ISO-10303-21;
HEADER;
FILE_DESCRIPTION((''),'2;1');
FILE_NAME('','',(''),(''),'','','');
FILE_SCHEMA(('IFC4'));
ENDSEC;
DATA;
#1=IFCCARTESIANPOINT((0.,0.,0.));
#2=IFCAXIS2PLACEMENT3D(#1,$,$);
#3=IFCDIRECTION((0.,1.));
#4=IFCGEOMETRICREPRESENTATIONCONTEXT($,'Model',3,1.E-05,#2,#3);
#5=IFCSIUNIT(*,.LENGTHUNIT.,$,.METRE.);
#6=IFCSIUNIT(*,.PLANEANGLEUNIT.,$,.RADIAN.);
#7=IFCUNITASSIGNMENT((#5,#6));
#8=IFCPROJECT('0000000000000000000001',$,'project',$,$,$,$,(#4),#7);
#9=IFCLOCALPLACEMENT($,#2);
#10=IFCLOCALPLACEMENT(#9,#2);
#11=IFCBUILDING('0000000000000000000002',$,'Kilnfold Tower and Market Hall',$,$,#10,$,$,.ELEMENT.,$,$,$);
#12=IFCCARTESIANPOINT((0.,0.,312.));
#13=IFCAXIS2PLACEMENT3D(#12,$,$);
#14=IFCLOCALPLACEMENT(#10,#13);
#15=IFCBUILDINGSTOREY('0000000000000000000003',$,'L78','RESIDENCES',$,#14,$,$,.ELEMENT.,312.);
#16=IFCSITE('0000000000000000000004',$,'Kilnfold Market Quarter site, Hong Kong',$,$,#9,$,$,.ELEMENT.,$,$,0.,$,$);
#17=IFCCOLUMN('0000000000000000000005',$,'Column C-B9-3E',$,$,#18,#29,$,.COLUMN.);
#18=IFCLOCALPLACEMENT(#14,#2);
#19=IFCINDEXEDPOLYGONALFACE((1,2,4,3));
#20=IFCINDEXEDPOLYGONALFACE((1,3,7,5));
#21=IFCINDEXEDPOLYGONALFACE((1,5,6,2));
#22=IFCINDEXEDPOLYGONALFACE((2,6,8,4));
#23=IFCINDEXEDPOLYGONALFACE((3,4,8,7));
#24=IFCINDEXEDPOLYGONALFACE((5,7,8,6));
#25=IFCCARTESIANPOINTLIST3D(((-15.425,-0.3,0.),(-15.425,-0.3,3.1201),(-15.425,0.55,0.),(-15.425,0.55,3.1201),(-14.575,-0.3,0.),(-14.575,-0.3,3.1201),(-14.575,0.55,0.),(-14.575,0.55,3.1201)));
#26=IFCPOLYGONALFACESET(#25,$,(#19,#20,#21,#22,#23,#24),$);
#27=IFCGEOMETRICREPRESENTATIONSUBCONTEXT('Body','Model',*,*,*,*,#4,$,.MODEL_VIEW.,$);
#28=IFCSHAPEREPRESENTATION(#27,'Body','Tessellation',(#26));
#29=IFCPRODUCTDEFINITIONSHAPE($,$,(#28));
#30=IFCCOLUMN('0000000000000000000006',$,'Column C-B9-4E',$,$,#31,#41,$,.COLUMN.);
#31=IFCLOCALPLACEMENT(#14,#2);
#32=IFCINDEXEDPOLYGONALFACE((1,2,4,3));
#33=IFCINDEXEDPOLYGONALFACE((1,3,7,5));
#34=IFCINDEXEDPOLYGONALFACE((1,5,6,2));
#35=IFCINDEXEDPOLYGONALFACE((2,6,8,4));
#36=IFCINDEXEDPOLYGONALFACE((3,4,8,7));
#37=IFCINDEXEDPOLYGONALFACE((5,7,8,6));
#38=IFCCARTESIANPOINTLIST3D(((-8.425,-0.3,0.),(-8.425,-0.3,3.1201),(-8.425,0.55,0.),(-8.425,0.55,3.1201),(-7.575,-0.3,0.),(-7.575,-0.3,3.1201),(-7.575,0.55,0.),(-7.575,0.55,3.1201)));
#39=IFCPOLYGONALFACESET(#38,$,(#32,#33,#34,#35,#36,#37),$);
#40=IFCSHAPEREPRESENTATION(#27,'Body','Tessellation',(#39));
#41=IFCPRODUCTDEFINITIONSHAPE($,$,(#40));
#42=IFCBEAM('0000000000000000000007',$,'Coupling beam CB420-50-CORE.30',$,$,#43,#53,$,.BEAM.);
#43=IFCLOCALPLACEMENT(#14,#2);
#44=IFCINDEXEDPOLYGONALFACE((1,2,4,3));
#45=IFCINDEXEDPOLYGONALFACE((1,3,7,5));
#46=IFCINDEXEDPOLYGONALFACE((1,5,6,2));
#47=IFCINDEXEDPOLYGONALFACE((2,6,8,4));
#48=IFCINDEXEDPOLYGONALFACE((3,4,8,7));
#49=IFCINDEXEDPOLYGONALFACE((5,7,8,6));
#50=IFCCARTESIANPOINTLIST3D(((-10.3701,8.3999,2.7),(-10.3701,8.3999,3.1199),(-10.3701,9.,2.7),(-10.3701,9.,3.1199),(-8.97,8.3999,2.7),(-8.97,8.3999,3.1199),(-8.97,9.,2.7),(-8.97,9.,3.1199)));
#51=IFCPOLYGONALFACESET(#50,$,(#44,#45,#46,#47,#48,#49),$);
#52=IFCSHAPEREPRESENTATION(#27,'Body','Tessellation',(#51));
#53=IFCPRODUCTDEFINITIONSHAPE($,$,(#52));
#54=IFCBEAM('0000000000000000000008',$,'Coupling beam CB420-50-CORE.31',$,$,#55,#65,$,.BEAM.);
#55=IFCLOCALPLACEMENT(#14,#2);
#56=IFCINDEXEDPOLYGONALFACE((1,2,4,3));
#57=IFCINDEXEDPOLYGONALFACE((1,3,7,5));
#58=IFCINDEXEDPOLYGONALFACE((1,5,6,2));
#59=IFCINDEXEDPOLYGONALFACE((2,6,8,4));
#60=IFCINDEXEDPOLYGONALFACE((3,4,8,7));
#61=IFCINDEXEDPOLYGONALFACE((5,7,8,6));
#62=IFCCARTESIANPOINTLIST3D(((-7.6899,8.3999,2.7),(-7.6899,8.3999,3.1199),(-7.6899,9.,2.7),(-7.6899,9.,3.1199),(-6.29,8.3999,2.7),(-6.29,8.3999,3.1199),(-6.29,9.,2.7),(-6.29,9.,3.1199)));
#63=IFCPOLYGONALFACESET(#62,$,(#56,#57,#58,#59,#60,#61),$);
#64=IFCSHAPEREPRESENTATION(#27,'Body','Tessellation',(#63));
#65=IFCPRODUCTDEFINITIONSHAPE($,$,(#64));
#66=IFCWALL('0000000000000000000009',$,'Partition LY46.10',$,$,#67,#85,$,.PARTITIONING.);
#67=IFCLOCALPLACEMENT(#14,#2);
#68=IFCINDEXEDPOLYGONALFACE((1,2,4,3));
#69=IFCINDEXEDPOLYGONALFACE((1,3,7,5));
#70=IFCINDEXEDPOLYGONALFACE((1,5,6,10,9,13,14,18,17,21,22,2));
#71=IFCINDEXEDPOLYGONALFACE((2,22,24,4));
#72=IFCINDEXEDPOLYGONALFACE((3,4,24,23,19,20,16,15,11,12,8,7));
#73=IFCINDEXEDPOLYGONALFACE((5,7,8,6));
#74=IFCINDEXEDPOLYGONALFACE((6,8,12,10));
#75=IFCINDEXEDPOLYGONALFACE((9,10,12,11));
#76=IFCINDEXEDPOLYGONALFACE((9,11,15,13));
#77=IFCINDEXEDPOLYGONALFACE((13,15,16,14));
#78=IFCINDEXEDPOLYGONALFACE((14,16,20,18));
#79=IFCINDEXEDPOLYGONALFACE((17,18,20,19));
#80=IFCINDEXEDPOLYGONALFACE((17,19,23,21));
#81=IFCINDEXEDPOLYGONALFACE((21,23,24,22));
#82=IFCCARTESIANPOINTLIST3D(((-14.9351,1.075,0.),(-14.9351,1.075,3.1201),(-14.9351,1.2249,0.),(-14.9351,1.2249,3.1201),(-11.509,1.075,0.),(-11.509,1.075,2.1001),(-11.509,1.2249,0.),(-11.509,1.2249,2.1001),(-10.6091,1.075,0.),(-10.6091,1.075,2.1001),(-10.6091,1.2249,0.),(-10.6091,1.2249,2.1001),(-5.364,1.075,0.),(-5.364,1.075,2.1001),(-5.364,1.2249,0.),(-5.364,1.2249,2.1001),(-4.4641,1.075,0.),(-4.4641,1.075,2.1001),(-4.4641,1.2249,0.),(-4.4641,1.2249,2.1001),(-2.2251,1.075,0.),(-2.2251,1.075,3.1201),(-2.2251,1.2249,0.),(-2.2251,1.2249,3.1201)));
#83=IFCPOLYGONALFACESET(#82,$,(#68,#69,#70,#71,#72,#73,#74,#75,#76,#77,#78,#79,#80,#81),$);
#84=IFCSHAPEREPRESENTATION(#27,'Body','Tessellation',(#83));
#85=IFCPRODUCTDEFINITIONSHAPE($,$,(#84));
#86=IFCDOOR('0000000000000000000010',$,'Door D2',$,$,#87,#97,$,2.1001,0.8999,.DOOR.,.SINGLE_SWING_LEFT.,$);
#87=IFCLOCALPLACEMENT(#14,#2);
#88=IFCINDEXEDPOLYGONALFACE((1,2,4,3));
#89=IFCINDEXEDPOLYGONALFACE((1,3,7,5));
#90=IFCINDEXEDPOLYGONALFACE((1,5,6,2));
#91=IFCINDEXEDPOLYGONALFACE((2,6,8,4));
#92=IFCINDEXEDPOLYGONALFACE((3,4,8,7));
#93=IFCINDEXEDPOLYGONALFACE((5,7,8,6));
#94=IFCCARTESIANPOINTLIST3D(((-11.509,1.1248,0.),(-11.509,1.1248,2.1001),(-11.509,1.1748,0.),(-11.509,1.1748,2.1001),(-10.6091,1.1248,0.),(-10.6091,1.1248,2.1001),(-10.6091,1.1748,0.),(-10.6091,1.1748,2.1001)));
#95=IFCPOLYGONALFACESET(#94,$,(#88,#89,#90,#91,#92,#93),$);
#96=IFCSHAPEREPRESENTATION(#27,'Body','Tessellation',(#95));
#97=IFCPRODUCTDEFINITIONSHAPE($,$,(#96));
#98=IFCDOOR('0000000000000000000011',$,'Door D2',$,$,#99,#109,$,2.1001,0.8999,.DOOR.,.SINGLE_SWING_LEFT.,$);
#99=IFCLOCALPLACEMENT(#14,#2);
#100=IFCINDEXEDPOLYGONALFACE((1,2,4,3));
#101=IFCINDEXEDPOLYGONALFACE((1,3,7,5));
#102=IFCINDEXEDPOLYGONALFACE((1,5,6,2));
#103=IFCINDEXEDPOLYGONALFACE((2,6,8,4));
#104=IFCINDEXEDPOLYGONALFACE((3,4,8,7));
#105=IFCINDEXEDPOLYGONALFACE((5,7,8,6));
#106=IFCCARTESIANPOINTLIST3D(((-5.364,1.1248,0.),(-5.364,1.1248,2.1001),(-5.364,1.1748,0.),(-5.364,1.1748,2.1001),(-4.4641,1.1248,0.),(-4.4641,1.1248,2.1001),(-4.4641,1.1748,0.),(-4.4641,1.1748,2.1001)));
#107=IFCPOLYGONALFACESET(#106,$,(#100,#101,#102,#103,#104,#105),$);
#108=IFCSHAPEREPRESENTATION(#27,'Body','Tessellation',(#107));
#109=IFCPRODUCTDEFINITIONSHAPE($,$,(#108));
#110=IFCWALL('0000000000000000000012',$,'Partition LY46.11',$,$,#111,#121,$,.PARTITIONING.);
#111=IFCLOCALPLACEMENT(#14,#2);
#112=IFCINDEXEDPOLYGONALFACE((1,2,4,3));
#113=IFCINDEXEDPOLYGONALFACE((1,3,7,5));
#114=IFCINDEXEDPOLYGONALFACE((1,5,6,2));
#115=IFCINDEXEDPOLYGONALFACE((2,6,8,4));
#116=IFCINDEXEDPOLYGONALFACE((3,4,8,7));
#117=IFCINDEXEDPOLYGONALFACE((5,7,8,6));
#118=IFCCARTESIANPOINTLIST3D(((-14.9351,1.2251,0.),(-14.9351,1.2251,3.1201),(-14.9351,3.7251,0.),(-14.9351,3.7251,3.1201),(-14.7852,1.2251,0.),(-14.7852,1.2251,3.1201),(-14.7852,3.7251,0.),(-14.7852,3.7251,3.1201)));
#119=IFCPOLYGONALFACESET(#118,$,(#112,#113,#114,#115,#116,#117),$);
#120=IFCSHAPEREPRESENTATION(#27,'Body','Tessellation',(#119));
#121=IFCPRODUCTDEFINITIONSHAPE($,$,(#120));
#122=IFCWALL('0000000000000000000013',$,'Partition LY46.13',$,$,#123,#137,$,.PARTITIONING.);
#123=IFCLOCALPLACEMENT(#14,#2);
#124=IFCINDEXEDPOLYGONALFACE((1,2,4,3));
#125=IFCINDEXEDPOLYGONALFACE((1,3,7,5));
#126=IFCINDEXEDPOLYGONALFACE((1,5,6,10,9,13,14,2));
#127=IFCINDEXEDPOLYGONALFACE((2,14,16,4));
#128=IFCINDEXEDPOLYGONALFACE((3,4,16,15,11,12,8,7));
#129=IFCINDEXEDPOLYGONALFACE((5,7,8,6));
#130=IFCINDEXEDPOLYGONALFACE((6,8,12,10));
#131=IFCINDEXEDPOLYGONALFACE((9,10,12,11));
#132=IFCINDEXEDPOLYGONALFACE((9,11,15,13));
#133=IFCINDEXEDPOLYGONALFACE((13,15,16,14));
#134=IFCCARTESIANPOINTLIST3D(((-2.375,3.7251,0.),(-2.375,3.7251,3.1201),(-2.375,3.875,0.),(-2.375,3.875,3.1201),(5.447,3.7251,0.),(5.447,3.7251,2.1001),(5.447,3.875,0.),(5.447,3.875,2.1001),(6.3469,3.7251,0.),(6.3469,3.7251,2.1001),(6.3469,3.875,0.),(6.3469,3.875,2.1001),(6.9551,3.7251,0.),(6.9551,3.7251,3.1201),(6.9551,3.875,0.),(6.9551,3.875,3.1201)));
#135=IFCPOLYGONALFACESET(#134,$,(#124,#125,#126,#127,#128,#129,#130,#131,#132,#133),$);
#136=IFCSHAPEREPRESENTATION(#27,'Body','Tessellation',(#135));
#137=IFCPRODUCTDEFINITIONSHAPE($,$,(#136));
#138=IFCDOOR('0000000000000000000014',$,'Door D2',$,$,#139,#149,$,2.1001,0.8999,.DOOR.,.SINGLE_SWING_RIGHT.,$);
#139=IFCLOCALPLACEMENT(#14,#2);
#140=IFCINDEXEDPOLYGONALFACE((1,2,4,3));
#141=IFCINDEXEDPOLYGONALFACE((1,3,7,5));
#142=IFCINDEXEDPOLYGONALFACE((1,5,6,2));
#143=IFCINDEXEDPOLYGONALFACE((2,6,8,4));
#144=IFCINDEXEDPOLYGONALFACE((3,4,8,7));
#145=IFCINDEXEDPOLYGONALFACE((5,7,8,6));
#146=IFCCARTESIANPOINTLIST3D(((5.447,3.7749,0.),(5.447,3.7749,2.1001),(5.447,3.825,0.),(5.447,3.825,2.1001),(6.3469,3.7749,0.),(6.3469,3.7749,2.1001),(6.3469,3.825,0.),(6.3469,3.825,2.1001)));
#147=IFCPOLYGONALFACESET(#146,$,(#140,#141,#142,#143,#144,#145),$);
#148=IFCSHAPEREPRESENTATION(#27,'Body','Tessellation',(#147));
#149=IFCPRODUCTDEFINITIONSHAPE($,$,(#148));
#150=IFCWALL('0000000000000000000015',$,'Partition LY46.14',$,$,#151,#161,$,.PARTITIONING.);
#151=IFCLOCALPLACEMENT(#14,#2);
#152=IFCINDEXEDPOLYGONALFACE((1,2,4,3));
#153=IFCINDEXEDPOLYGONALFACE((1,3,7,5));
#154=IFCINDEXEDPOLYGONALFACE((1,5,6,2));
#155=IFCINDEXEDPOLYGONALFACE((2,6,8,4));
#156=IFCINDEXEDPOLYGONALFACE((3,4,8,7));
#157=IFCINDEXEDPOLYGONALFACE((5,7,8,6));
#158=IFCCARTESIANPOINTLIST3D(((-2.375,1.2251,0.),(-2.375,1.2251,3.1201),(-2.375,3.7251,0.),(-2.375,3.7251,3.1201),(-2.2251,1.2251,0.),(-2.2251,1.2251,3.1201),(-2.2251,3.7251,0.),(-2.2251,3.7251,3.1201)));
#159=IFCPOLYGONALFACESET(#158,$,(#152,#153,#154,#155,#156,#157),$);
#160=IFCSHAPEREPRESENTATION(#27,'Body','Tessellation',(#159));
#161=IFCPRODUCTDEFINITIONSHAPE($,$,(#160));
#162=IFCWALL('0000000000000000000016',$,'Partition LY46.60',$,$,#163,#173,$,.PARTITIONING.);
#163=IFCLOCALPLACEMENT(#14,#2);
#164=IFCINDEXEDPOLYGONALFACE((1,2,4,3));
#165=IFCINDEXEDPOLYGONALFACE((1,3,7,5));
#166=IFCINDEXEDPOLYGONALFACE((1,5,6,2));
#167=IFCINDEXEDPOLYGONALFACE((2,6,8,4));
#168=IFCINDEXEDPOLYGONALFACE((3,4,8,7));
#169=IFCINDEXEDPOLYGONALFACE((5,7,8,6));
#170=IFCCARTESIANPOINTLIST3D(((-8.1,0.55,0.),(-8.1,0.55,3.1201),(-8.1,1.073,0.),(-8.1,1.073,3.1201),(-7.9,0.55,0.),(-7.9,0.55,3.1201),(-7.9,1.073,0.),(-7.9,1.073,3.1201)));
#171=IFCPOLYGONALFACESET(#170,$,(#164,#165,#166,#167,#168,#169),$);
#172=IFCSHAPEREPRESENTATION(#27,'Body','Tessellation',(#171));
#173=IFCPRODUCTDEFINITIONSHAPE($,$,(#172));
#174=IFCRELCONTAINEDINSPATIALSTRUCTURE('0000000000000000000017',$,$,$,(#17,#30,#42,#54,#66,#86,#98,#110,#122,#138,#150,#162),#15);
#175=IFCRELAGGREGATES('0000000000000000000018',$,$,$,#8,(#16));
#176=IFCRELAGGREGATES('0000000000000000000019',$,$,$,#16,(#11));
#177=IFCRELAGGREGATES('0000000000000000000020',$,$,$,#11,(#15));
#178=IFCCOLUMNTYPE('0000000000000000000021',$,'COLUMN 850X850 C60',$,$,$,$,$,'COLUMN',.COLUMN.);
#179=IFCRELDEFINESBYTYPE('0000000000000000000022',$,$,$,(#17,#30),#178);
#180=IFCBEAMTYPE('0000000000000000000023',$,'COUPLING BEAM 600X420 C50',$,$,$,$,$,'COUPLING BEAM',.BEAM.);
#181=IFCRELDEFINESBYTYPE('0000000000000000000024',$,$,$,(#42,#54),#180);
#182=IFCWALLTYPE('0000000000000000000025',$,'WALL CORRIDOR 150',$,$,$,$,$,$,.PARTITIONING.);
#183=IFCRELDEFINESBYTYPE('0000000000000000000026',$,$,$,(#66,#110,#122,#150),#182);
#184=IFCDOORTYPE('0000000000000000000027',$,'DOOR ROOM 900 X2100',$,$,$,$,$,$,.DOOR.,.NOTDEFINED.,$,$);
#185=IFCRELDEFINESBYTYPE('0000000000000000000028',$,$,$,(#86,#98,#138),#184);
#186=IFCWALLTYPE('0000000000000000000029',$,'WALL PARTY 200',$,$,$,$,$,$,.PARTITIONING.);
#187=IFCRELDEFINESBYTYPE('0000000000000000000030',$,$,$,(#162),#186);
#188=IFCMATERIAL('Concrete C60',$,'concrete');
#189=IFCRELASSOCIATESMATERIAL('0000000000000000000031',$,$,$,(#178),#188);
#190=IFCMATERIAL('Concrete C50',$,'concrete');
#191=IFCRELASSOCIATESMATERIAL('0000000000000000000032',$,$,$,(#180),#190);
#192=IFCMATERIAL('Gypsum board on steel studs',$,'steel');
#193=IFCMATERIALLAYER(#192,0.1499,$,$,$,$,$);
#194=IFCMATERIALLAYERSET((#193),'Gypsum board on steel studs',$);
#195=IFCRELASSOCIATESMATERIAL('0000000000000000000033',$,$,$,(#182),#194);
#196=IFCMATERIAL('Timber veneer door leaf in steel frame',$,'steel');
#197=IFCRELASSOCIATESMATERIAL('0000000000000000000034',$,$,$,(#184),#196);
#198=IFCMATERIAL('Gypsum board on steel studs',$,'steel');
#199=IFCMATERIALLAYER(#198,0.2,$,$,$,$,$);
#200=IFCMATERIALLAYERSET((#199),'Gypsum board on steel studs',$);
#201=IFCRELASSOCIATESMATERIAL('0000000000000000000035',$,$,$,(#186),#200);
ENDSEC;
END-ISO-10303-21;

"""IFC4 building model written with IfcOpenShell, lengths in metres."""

from ifc_helpers import new_model, si_unit, direction, frame, frame_2d, origin, origin_2d, place, context, subcontext, project, spatial, rectangle, extrude, source, transform, mapped, material, layer, layer_set, material_profile, profile_set, type_object, element, fill, save


model = new_model("IFC4")

# Units and contexts
model_context = context("Model", 3, precision=1e-05, world=origin(), true_north=direction((0.0, 1.0)))
body_context = subcontext(model_context, "Body", "Model", "MODEL_VIEW")
ifc_project = project(units=[si_unit("LENGTHUNIT", "METRE"), si_unit("PLANEANGLEUNIT", "RADIAN")], contexts=[model_context])

# Site, building, storey
site_placement = place(None, origin())
site = spatial("IfcSite", under=ifc_project, at=site_placement, Name="Kilnfold Market Quarter site, Hong Kong", CompositionType="ELEMENT", RefElevation=0.0)
building_placement = place(site_placement, origin())
building = spatial("IfcBuilding", under=site, at=building_placement, Name="Kilnfold Tower and Market Hall", CompositionType="ELEMENT")
storey_placement = place(building_placement, frame((0.0, 0.0, 312.0)))
storey = spatial("IfcBuildingStorey", under=building, at=storey_placement, Name="L78", Description="RESIDENCES", CompositionType="ELEMENT", Elevation=312.0)

# Columns
ifc_material_1 = material(Name="Concrete C60", Category="concrete")
ifc_material_profile_1 = material_profile(ifc_material_1, rectangle(XDim=0.8501, YDim=0.8501, at=origin_2d()), Name="RC 850x850")
ifc_profile_set_1 = profile_set([ifc_material_profile_1], Name="Concrete C60")
column_type = type_object("IfcColumnType", Name="COLUMN 850X850 C60", ElementType="COLUMN", PredefinedType="COLUMN", material=ifc_profile_set_1)
shared_shape_1 = source(origin(), body_context, "Body", "SweptSolid", [
    extrude(rectangle(XDim=0.8501, YDim=0.8501, at=origin_2d()), origin(), (0.0, 0.0, 1.0), 3.1201),
])
for number, where, z_axis, x_axis, name in (
    (1, (-15.0, 0.125, 0.0), (0.0, 0.0, 1.0), (1.0, 0.0, 0.0), "Column C-B9-3E"),
    (2, (-8.0, 0.125, 0.0), (0.0, 0.0, 1.0), (1.0, 0.0, 0.0), "Column C-B9-4E"),
):
    element("IfcColumn", number, at=place(storey_placement, frame(where, z_axis=z_axis, x_axis=x_axis)), inside=storey, type_object=column_type, Name=name, PredefinedType="COLUMN", context=body_context, shape_type="MappedRepresentation", body=[
        mapped(shared_shape_1, transform((0.0, 0.0, 0.0))),
    ])

# Beams
ifc_material_2 = material(Name="Concrete C50", Category="concrete")
ifc_material_profile_2 = material_profile(ifc_material_2, rectangle(XDim=0.6001, YDim=0.4199, at=origin_2d()), Name="RC 600x420")
ifc_profile_set_2 = profile_set([ifc_material_profile_2], Name="Concrete C50")
beam_type = type_object("IfcBeamType", Name="COUPLING BEAM 600X420 C50", ElementType="COUPLING BEAM", PredefinedType="BEAM", material=ifc_profile_set_2)
shared_shape_2 = source(origin(), body_context, "Body", "SweptSolid", [
    extrude(rectangle(XDim=0.6001, YDim=0.4199, at=origin_2d()), origin(), (0.0, 0.0, 1.0), 1.4001),
])
beam_1_placement = place(storey_placement, frame((-10.3701, 8.7, 2.9099), z_axis=(1.0, 0.0, 0.0), x_axis=(0.0, 1.0, 0.0)))
element("IfcBeam", 3, at=beam_1_placement, inside=storey, type_object=beam_type, Name="Coupling beam CB420-50-CORE.30", PredefinedType="BEAM", context=body_context, shape_type="MappedRepresentation", body=[
    mapped(shared_shape_2, transform((0.0, 0.0, 0.0))),
])
shared_shape_3 = source(origin(), body_context, "Body", "SweptSolid", [
    extrude(rectangle(XDim=0.6001, YDim=0.4199, at=origin_2d()), origin(), (0.0, 0.0, 1.0), 1.3999),
])
beam_2_placement = place(storey_placement, frame((-7.6899, 8.7, 2.9099), z_axis=(1.0, 0.0, 0.0), x_axis=(0.0, 1.0, 0.0)))
element("IfcBeam", 4, at=beam_2_placement, inside=storey, type_object=beam_type, Name="Coupling beam CB420-50-CORE.31", PredefinedType="BEAM", context=body_context, shape_type="MappedRepresentation", body=[
    mapped(shared_shape_3, transform((0.0, 0.0, 0.0))),
])

# Wall, openings, doors
ifc_material_3 = material(Name="Gypsum board on steel studs", Category="steel")
ifc_layer_1 = layer(ifc_material_3, 0.1499)
ifc_layer_set_1 = layer_set([ifc_layer_1], Name="Gypsum board on steel studs")
wall_type_1 = type_object("IfcWallType", Name="WALL CORRIDOR 150", PredefinedType="PARTITIONING", material=ifc_layer_set_1)
wall_1_placement = place(storey_placement, frame((-14.9351, 1.1499, 0.0), z_axis=(0.0, 0.0, 1.0), x_axis=(1.0, 0.0, 0.0)))
wall_1 = element("IfcWall", 5, at=wall_1_placement, inside=storey, type_object=wall_type_1, Name="Partition LY46.10", PredefinedType="PARTITIONING", context=body_context, shape_type="SweptSolid", body=[
    extrude(rectangle(XDim=12.71, YDim=0.1499, at=frame_2d((6.355, 0.0))), origin(), (0.0, 0.0, 1.0), 3.1201),
])
opening_1_placement = place(wall_1_placement, frame((3.426, 0.0, 0.0)))
opening_1 = element("IfcOpeningElement", 6, at=opening_1_placement, cuts=wall_1, PredefinedType="OPENING", context=body_context, shape_type="SweptSolid", body=[
    extrude(rectangle(XDim=0.8999, YDim=2.1001, at=frame_2d((0.45, 1.05))), frame((0.0, 0.085, 0.0), z_axis=(0.0, -1.0, 0.0), x_axis=(1.0, 0.0, 0.0)), (0.0, 0.0, 1.0), 0.1699),
])
opening_2_placement = place(wall_1_placement, frame((9.571, 0.0, 0.0)))
opening_2 = element("IfcOpeningElement", 7, at=opening_2_placement, cuts=wall_1, PredefinedType="OPENING", context=body_context, shape_type="SweptSolid", body=[
    extrude(rectangle(XDim=0.8999, YDim=2.1001, at=frame_2d((0.45, 1.05))), frame((0.0, 0.085, 0.0), z_axis=(0.0, -1.0, 0.0), x_axis=(1.0, 0.0, 0.0)), (0.0, 0.0, 1.0), 0.1699),
])
ifc_material_4 = material(Name="Timber veneer door leaf in steel frame", Category="steel")
door_type_1 = type_object("IfcDoorType", Name="DOOR ROOM 900 X2100", OperationType="NOTDEFINED", PredefinedType="DOOR", material=ifc_material_4)
door_1_placement = place(opening_1_placement, origin())
door_1 = element("IfcDoor", 8, at=door_1_placement, inside=storey, type_object=door_type_1, Name="Door D2", OperationType="SINGLE_SWING_LEFT", OverallHeight=2.1001, OverallWidth=0.8999, PredefinedType="DOOR", context=body_context, shape_type="SweptSolid", body=[
    extrude(rectangle(XDim=0.8999, YDim=2.1001, at=frame_2d((0.45, 1.05))), frame((0.0, 0.0249, 0.0), z_axis=(0.0, -1.0, 0.0), x_axis=(1.0, 0.0, 0.0)), (0.0, 0.0, 1.0), 0.05),
])
fill(opening_1, door_1)
door_2_placement = place(opening_2_placement, origin())
door_2 = element("IfcDoor", 9, at=door_2_placement, inside=storey, type_object=door_type_1, Name="Door D2", OperationType="SINGLE_SWING_LEFT", OverallHeight=2.1001, OverallWidth=0.8999, PredefinedType="DOOR", context=body_context, shape_type="SweptSolid", body=[
    extrude(rectangle(XDim=0.8999, YDim=2.1001, at=frame_2d((0.45, 1.05))), frame((0.0, 0.0249, 0.0), z_axis=(0.0, -1.0, 0.0), x_axis=(1.0, 0.0, 0.0)), (0.0, 0.0, 1.0), 0.05),
])
fill(opening_2, door_2)

# Wall
wall_2_placement = place(storey_placement, frame((-14.8601, 3.7251, 0.0), z_axis=(0.0, 0.0, 1.0), x_axis=(0.0, -1.0, 0.0)))
element("IfcWall", 10, at=wall_2_placement, inside=storey, type_object=wall_type_1, Name="Partition LY46.11", PredefinedType="PARTITIONING", context=body_context, shape_type="SweptSolid", body=[
    extrude(rectangle(XDim=2.5, YDim=0.1499, at=frame_2d((1.25, 0.0))), origin(), (0.0, 0.0, 1.0), 3.1201),
])

# Wall, opening, door
wall_3_placement = place(storey_placement, frame((-2.375, 3.8, 0.0), z_axis=(0.0, 0.0, 1.0), x_axis=(1.0, 0.0, 0.0)))
wall_3 = element("IfcWall", 11, at=wall_3_placement, inside=storey, type_object=wall_type_1, Name="Partition LY46.13", PredefinedType="PARTITIONING", context=body_context, shape_type="SweptSolid", body=[
    extrude(rectangle(XDim=9.3301, YDim=0.1499, at=frame_2d((4.665, 0.0))), origin(), (0.0, 0.0, 1.0), 3.1201),
])
opening_3_placement = place(wall_3_placement, frame((7.822, 0.0, 0.0)))
opening_3 = element("IfcOpeningElement", 12, at=opening_3_placement, cuts=wall_3, PredefinedType="OPENING", context=body_context, shape_type="SweptSolid", body=[
    extrude(rectangle(XDim=0.8999, YDim=2.1001, at=frame_2d((0.45, 1.05))), frame((0.0, 0.085, 0.0), z_axis=(0.0, -1.0, 0.0), x_axis=(1.0, 0.0, 0.0)), (0.0, 0.0, 1.0), 0.1699),
])
door_3_placement = place(opening_3_placement, origin())
door_3 = element("IfcDoor", 13, at=door_3_placement, inside=storey, type_object=door_type_1, Name="Door D2", OperationType="SINGLE_SWING_RIGHT", OverallHeight=2.1001, OverallWidth=0.8999, PredefinedType="DOOR", context=body_context, shape_type="SweptSolid", body=[
    extrude(rectangle(XDim=0.8999, YDim=2.1001, at=frame_2d((0.45, 1.05))), frame((0.0, 0.0249, 0.0), z_axis=(0.0, -1.0, 0.0), x_axis=(1.0, 0.0, 0.0)), (0.0, 0.0, 1.0), 0.05),
])
fill(opening_3, door_3)

# Walls
wall_4_placement = place(storey_placement, frame((-2.3, 1.2251, 0.0), z_axis=(0.0, 0.0, 1.0), x_axis=(0.0, 1.0, 0.0)))
element("IfcWall", 14, at=wall_4_placement, inside=storey, type_object=wall_type_1, Name="Partition LY46.14", PredefinedType="PARTITIONING", context=body_context, shape_type="SweptSolid", body=[
    extrude(rectangle(XDim=2.5, YDim=0.1499, at=frame_2d((1.25, 0.0))), origin(), (0.0, 0.0, 1.0), 3.1201),
])
ifc_material_5 = material(Name="Gypsum board on steel studs", Category="steel")
ifc_layer_2 = layer(ifc_material_5, 0.2)
ifc_layer_set_2 = layer_set([ifc_layer_2], Name="Gypsum board on steel studs")
wall_type_2 = type_object("IfcWallType", Name="WALL PARTY 200", PredefinedType="PARTITIONING", material=ifc_layer_set_2)
wall_5_placement = place(storey_placement, frame((-8.0, 0.55, 0.0), z_axis=(0.0, 0.0, 1.0), x_axis=(0.0, 1.0, 0.0)))
element("IfcWall", 15, at=wall_5_placement, inside=storey, type_object=wall_type_2, Name="Partition LY46.60", PredefinedType="PARTITIONING", context=body_context, shape_type="SweptSolid", body=[
    extrude(rectangle(XDim=0.5229, YDim=0.2, at=frame_2d((0.2615, 0.0))), origin(), (0.0, 0.0, 1.0), 3.1201),
])

save(model, "model.ifc")
